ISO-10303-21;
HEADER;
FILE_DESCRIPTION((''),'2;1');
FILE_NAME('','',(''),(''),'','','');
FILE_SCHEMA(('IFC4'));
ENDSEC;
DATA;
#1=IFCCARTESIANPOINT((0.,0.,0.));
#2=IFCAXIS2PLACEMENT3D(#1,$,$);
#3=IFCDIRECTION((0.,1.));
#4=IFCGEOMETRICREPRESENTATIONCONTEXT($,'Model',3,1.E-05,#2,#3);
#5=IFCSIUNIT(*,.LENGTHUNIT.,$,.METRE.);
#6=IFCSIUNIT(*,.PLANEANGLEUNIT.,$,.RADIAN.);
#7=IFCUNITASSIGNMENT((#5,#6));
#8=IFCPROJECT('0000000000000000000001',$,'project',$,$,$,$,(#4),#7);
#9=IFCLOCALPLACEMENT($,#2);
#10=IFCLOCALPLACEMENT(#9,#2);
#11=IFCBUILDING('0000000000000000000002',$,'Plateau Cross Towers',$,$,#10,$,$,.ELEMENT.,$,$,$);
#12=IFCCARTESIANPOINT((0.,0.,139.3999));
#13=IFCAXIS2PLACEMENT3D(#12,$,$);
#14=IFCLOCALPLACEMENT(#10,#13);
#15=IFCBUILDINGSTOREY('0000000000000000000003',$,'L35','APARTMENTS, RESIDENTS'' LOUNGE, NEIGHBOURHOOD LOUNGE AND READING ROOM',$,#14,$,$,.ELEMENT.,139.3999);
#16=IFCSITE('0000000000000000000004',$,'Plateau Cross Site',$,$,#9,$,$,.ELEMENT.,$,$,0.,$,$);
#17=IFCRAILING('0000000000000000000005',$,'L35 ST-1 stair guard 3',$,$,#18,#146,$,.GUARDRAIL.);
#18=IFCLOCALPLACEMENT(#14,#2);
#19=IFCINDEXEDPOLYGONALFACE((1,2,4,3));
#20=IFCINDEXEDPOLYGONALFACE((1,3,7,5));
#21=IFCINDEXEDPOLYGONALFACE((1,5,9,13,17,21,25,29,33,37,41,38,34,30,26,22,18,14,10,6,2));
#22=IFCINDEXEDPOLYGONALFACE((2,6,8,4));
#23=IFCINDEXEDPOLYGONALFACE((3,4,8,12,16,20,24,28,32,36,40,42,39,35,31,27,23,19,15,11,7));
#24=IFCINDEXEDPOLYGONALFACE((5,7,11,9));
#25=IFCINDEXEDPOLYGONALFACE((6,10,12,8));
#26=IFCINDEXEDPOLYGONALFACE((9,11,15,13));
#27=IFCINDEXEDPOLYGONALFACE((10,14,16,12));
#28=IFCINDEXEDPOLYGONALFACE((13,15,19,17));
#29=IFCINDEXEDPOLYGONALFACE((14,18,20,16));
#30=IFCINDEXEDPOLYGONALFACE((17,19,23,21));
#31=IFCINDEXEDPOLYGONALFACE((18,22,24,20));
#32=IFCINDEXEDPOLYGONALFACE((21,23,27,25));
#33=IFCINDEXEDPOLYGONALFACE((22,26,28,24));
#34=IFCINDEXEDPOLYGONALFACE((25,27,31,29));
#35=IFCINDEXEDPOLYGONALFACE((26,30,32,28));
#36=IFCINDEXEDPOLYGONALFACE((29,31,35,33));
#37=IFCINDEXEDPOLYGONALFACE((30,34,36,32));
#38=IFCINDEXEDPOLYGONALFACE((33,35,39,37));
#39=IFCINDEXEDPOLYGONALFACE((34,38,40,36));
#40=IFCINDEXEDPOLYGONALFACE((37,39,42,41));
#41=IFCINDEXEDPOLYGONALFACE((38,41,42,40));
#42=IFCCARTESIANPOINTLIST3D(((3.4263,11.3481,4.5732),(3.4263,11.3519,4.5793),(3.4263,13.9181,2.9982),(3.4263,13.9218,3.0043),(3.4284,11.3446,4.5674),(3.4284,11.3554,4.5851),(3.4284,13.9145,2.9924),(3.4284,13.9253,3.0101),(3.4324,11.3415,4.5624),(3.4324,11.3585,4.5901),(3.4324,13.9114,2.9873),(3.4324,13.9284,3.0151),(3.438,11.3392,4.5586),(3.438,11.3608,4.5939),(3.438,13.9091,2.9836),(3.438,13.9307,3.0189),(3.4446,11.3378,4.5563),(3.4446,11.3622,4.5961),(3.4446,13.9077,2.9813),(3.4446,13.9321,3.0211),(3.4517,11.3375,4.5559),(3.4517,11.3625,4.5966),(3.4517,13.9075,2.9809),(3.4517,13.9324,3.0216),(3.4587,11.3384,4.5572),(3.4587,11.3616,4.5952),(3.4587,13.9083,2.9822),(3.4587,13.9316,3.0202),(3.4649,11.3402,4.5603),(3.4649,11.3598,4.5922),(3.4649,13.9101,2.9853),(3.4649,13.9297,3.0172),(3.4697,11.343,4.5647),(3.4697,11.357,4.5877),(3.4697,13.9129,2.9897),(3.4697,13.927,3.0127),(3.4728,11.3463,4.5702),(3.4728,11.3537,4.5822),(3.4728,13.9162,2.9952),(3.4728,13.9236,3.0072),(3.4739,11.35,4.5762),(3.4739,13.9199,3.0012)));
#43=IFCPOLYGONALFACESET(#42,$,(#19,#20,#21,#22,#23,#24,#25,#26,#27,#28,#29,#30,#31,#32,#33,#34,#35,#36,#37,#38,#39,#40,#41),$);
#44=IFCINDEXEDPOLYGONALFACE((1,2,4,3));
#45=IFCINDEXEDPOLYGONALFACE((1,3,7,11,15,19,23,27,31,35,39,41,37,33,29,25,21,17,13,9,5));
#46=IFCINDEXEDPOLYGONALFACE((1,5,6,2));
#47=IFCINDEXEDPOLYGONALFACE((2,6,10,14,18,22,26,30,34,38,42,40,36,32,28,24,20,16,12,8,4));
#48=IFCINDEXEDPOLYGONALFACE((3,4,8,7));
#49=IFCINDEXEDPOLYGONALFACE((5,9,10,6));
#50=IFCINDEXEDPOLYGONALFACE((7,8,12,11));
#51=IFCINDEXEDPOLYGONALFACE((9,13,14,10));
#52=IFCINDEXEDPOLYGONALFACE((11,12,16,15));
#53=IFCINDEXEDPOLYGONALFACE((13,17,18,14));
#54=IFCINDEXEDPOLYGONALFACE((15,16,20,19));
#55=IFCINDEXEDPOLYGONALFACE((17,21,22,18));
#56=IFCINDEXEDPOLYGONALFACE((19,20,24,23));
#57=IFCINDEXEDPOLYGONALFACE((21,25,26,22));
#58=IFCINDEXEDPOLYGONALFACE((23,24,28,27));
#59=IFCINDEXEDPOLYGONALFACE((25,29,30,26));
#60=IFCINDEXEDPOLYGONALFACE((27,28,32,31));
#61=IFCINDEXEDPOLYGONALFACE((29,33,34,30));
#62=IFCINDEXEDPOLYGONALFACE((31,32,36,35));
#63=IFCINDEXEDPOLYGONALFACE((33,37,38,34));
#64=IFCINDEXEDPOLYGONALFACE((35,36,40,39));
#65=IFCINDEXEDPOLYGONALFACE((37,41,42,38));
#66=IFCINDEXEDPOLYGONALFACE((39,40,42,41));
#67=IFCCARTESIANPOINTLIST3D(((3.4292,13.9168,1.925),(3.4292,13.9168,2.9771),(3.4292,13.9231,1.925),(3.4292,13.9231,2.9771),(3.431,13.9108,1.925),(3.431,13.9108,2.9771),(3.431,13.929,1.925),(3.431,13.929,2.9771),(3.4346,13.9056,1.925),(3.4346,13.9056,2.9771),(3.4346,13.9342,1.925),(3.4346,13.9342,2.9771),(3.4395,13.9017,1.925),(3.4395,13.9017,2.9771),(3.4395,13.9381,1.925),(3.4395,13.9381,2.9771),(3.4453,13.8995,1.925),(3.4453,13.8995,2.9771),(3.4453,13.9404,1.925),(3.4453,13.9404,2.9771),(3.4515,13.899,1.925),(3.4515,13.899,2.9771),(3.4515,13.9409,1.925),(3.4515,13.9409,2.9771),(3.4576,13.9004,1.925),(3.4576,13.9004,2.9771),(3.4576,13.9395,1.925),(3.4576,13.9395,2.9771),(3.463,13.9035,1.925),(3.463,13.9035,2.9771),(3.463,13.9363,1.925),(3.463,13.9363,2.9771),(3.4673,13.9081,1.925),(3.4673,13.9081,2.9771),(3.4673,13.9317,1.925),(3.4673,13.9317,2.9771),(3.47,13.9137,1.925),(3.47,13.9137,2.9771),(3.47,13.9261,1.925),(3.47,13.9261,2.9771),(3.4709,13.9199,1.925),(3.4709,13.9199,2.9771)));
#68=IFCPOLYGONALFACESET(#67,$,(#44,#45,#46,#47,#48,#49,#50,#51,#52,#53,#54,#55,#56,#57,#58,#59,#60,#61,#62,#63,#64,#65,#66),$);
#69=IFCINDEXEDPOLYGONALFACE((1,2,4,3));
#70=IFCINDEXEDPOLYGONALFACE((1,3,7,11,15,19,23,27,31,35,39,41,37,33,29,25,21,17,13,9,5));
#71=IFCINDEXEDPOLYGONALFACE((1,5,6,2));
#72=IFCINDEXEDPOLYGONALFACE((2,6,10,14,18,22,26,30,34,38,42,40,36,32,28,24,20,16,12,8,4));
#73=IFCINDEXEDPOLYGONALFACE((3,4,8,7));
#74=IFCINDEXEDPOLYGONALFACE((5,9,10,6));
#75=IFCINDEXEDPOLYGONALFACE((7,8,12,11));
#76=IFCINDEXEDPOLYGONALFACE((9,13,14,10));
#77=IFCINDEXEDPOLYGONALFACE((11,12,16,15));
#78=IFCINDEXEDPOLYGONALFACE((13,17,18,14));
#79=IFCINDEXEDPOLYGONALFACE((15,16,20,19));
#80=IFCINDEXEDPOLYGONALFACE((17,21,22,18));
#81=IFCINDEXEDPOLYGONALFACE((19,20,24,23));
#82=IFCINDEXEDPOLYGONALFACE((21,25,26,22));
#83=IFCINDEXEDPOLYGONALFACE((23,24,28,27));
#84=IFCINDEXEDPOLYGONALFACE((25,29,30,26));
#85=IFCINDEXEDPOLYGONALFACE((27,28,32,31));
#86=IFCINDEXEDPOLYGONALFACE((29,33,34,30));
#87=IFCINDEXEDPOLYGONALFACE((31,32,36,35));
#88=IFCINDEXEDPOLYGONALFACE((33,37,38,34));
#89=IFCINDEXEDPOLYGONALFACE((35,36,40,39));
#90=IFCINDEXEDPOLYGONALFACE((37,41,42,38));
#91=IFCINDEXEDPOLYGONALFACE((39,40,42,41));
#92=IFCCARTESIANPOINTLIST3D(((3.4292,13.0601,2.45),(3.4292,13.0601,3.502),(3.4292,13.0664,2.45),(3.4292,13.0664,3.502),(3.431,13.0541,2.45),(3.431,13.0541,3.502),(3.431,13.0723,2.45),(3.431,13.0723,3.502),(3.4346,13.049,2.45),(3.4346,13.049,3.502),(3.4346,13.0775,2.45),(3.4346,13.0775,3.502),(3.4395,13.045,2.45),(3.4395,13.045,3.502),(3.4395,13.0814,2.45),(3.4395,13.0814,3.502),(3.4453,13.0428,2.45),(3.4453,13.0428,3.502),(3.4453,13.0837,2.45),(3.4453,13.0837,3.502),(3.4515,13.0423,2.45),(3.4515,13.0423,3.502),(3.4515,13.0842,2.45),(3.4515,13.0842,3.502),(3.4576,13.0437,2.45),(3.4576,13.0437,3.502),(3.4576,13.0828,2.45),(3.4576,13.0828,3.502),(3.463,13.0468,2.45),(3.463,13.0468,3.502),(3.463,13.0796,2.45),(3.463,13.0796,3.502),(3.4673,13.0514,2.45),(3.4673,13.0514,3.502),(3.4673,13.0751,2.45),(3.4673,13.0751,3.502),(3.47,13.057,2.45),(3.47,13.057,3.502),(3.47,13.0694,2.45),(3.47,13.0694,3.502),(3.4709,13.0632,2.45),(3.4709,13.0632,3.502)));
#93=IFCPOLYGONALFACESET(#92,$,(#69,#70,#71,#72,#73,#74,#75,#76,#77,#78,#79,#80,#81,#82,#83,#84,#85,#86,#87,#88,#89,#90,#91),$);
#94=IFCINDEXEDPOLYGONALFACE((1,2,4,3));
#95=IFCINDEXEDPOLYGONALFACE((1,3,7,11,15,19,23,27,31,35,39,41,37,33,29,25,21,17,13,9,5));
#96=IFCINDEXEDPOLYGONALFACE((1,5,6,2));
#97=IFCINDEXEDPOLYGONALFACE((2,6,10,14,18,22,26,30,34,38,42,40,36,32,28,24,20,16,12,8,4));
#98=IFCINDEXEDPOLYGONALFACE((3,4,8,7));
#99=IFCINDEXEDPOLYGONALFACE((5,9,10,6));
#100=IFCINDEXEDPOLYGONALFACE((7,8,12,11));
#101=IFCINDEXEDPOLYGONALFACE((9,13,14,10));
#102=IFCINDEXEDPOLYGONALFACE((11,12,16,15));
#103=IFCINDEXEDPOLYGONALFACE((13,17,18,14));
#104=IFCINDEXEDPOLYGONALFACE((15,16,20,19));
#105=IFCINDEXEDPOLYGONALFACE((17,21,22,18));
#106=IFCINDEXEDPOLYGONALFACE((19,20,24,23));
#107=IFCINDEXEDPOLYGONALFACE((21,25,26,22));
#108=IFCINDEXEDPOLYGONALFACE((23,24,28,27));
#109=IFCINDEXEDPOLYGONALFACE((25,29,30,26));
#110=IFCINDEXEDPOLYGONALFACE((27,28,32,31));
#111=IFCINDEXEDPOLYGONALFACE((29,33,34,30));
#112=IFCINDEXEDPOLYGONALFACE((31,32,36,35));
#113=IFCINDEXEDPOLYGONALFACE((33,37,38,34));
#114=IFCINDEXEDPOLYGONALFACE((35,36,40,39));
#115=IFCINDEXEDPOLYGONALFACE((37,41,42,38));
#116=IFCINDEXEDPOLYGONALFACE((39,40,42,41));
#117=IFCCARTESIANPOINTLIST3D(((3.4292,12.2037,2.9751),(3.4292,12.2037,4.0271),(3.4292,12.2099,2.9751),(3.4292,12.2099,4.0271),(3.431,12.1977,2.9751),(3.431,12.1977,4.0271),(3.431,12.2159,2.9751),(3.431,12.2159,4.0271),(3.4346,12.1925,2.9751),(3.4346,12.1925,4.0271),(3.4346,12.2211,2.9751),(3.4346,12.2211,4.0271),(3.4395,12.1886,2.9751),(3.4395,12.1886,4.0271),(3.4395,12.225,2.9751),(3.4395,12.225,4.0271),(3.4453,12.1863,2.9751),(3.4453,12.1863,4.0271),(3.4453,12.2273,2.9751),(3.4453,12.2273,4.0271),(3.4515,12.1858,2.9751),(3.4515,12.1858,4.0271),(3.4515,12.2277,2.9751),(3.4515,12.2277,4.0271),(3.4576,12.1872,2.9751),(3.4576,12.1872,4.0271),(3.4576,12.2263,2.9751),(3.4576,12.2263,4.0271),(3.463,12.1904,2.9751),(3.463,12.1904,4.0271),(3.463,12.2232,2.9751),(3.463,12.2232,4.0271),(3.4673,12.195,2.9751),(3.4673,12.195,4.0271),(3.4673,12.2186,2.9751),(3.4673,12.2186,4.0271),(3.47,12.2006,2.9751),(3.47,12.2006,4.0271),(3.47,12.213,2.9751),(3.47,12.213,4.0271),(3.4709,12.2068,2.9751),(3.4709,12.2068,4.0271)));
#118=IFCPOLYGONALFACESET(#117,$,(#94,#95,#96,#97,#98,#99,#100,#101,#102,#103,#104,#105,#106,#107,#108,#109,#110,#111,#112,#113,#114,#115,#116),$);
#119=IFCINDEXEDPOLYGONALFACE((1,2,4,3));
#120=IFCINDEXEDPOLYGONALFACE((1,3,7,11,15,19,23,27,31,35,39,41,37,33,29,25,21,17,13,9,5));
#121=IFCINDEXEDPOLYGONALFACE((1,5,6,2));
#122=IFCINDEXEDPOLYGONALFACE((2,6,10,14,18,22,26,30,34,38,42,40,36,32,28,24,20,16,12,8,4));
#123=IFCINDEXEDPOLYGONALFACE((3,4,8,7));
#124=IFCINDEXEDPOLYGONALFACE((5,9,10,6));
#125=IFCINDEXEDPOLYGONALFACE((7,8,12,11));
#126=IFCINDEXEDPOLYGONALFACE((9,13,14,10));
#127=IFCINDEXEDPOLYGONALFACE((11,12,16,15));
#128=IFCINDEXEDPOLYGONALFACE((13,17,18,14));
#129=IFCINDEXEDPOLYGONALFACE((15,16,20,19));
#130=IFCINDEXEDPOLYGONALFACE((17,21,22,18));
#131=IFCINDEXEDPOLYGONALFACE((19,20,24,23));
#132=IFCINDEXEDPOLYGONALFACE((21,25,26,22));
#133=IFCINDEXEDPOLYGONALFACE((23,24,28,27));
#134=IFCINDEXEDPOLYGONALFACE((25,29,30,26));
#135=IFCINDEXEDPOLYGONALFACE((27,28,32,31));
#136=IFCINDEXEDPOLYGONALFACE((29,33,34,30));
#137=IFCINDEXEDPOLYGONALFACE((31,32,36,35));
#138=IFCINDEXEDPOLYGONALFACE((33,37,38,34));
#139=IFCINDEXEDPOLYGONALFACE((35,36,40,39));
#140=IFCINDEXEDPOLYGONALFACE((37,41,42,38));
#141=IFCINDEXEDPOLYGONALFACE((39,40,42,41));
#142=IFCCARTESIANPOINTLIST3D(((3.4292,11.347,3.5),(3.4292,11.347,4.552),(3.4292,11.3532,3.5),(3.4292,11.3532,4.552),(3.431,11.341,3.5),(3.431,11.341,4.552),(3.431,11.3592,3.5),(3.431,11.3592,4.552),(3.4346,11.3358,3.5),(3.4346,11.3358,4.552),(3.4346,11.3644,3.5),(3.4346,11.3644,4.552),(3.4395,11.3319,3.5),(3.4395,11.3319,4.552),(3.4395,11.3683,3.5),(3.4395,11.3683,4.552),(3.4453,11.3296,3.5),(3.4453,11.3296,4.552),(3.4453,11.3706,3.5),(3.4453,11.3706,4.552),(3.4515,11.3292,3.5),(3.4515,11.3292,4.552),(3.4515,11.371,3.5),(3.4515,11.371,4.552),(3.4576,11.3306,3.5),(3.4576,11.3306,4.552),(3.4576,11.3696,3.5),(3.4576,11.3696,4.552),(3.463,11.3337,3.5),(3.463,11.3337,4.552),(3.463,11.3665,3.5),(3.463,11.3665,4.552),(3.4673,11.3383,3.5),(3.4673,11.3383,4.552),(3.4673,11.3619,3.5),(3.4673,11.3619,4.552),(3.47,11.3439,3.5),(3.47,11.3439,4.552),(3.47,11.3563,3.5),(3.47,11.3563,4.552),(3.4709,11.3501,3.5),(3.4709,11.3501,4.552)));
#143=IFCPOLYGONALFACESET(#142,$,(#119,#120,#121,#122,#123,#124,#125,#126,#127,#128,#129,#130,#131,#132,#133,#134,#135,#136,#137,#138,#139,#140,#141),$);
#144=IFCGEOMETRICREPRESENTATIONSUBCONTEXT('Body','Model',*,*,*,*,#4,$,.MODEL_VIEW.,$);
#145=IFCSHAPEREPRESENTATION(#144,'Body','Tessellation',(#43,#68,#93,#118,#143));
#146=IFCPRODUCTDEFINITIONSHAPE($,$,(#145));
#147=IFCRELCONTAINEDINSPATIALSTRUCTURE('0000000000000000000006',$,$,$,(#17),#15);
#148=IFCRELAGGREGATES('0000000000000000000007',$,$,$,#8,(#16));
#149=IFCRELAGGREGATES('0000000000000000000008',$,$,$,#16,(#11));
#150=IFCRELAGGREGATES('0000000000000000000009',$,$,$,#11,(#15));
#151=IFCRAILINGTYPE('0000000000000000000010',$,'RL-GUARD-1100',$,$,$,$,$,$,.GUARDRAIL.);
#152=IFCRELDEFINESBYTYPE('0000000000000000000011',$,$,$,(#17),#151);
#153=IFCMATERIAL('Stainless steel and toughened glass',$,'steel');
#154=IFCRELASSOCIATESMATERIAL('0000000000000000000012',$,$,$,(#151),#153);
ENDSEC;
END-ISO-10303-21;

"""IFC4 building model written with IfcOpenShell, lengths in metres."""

from ifc_helpers import new_model, si_unit, direction, frame, origin, origin_2d, place, context, subcontext, project, spatial, circle, extrude, material, type_object, element, save


model = new_model("IFC4")

# Units and contexts
model_context = context("Model", 3, precision=1e-05, world=origin(), true_north=direction((0.0, 1.0)))
body_context = subcontext(model_context, "Body", "Model", "MODEL_VIEW")
ifc_project = project(units=[si_unit("LENGTHUNIT", "METRE"), si_unit("PLANEANGLEUNIT", "RADIAN")], contexts=[model_context])

# Site, building, storey
site_placement = place(None, origin())
site = spatial("IfcSite", under=ifc_project, at=site_placement, Name="Plateau Cross Site", CompositionType="ELEMENT", RefElevation=0.0)
building_placement = place(site_placement, origin())
building = spatial("IfcBuilding", under=site, at=building_placement, Name="Plateau Cross Towers", CompositionType="ELEMENT")
storey_placement = place(building_placement, frame((0.0, 0.0, 139.3999)))
storey = spatial("IfcBuildingStorey", under=building, at=storey_placement, Name="L35", Description="APARTMENTS, RESIDENTS' LOUNGE, NEIGHBOURHOOD LOUNGE AND READING ROOM", CompositionType="ELEMENT", Elevation=139.3999)

# Railing
ifc_material_1 = material(Name="Stainless steel and toughened glass", Category="steel")
railing_type_1 = type_object("IfcRailingType", Name="RL-GUARD-1100", PredefinedType="GUARDRAIL", material=ifc_material_1)
railing_1_placement = place(storey_placement, frame((3.45, 13.9199, 1.925)))
element("IfcRailing", 1, at=railing_1_placement, inside=storey, type_object=railing_type_1, Name="L35 ST-1 stair guard 3", PredefinedType="GUARDRAIL", context=body_context, shape_type="SweptSolid", body=[
    extrude(circle(Radius=0.0239, at=origin_2d()), frame((0.0, 0.0, 1.0762), z_axis=(0.0, -0.852616, 0.522537), x_axis=(1.0, 0.0, 0.0)), (0.0, 0.0, 1.0), 3.0142),
    extrude(circle(Radius=0.021, at=origin_2d()), origin(), (0.0, 0.0, 1.0), 1.052),
    extrude(circle(Radius=0.021, at=origin_2d()), frame((0.0, -0.8567, 0.5249)), (0.0, 0.0, 1.0), 1.052),
    extrude(circle(Radius=0.021, at=origin_2d()), frame((0.0, -1.7131, 1.05)), (0.0, 0.0, 1.0), 1.052),
    extrude(circle(Radius=0.021, at=origin_2d()), frame((0.0, -2.5698, 1.575)), (0.0, 0.0, 1.0), 1.052),
])

save(model, "model.ifc")
